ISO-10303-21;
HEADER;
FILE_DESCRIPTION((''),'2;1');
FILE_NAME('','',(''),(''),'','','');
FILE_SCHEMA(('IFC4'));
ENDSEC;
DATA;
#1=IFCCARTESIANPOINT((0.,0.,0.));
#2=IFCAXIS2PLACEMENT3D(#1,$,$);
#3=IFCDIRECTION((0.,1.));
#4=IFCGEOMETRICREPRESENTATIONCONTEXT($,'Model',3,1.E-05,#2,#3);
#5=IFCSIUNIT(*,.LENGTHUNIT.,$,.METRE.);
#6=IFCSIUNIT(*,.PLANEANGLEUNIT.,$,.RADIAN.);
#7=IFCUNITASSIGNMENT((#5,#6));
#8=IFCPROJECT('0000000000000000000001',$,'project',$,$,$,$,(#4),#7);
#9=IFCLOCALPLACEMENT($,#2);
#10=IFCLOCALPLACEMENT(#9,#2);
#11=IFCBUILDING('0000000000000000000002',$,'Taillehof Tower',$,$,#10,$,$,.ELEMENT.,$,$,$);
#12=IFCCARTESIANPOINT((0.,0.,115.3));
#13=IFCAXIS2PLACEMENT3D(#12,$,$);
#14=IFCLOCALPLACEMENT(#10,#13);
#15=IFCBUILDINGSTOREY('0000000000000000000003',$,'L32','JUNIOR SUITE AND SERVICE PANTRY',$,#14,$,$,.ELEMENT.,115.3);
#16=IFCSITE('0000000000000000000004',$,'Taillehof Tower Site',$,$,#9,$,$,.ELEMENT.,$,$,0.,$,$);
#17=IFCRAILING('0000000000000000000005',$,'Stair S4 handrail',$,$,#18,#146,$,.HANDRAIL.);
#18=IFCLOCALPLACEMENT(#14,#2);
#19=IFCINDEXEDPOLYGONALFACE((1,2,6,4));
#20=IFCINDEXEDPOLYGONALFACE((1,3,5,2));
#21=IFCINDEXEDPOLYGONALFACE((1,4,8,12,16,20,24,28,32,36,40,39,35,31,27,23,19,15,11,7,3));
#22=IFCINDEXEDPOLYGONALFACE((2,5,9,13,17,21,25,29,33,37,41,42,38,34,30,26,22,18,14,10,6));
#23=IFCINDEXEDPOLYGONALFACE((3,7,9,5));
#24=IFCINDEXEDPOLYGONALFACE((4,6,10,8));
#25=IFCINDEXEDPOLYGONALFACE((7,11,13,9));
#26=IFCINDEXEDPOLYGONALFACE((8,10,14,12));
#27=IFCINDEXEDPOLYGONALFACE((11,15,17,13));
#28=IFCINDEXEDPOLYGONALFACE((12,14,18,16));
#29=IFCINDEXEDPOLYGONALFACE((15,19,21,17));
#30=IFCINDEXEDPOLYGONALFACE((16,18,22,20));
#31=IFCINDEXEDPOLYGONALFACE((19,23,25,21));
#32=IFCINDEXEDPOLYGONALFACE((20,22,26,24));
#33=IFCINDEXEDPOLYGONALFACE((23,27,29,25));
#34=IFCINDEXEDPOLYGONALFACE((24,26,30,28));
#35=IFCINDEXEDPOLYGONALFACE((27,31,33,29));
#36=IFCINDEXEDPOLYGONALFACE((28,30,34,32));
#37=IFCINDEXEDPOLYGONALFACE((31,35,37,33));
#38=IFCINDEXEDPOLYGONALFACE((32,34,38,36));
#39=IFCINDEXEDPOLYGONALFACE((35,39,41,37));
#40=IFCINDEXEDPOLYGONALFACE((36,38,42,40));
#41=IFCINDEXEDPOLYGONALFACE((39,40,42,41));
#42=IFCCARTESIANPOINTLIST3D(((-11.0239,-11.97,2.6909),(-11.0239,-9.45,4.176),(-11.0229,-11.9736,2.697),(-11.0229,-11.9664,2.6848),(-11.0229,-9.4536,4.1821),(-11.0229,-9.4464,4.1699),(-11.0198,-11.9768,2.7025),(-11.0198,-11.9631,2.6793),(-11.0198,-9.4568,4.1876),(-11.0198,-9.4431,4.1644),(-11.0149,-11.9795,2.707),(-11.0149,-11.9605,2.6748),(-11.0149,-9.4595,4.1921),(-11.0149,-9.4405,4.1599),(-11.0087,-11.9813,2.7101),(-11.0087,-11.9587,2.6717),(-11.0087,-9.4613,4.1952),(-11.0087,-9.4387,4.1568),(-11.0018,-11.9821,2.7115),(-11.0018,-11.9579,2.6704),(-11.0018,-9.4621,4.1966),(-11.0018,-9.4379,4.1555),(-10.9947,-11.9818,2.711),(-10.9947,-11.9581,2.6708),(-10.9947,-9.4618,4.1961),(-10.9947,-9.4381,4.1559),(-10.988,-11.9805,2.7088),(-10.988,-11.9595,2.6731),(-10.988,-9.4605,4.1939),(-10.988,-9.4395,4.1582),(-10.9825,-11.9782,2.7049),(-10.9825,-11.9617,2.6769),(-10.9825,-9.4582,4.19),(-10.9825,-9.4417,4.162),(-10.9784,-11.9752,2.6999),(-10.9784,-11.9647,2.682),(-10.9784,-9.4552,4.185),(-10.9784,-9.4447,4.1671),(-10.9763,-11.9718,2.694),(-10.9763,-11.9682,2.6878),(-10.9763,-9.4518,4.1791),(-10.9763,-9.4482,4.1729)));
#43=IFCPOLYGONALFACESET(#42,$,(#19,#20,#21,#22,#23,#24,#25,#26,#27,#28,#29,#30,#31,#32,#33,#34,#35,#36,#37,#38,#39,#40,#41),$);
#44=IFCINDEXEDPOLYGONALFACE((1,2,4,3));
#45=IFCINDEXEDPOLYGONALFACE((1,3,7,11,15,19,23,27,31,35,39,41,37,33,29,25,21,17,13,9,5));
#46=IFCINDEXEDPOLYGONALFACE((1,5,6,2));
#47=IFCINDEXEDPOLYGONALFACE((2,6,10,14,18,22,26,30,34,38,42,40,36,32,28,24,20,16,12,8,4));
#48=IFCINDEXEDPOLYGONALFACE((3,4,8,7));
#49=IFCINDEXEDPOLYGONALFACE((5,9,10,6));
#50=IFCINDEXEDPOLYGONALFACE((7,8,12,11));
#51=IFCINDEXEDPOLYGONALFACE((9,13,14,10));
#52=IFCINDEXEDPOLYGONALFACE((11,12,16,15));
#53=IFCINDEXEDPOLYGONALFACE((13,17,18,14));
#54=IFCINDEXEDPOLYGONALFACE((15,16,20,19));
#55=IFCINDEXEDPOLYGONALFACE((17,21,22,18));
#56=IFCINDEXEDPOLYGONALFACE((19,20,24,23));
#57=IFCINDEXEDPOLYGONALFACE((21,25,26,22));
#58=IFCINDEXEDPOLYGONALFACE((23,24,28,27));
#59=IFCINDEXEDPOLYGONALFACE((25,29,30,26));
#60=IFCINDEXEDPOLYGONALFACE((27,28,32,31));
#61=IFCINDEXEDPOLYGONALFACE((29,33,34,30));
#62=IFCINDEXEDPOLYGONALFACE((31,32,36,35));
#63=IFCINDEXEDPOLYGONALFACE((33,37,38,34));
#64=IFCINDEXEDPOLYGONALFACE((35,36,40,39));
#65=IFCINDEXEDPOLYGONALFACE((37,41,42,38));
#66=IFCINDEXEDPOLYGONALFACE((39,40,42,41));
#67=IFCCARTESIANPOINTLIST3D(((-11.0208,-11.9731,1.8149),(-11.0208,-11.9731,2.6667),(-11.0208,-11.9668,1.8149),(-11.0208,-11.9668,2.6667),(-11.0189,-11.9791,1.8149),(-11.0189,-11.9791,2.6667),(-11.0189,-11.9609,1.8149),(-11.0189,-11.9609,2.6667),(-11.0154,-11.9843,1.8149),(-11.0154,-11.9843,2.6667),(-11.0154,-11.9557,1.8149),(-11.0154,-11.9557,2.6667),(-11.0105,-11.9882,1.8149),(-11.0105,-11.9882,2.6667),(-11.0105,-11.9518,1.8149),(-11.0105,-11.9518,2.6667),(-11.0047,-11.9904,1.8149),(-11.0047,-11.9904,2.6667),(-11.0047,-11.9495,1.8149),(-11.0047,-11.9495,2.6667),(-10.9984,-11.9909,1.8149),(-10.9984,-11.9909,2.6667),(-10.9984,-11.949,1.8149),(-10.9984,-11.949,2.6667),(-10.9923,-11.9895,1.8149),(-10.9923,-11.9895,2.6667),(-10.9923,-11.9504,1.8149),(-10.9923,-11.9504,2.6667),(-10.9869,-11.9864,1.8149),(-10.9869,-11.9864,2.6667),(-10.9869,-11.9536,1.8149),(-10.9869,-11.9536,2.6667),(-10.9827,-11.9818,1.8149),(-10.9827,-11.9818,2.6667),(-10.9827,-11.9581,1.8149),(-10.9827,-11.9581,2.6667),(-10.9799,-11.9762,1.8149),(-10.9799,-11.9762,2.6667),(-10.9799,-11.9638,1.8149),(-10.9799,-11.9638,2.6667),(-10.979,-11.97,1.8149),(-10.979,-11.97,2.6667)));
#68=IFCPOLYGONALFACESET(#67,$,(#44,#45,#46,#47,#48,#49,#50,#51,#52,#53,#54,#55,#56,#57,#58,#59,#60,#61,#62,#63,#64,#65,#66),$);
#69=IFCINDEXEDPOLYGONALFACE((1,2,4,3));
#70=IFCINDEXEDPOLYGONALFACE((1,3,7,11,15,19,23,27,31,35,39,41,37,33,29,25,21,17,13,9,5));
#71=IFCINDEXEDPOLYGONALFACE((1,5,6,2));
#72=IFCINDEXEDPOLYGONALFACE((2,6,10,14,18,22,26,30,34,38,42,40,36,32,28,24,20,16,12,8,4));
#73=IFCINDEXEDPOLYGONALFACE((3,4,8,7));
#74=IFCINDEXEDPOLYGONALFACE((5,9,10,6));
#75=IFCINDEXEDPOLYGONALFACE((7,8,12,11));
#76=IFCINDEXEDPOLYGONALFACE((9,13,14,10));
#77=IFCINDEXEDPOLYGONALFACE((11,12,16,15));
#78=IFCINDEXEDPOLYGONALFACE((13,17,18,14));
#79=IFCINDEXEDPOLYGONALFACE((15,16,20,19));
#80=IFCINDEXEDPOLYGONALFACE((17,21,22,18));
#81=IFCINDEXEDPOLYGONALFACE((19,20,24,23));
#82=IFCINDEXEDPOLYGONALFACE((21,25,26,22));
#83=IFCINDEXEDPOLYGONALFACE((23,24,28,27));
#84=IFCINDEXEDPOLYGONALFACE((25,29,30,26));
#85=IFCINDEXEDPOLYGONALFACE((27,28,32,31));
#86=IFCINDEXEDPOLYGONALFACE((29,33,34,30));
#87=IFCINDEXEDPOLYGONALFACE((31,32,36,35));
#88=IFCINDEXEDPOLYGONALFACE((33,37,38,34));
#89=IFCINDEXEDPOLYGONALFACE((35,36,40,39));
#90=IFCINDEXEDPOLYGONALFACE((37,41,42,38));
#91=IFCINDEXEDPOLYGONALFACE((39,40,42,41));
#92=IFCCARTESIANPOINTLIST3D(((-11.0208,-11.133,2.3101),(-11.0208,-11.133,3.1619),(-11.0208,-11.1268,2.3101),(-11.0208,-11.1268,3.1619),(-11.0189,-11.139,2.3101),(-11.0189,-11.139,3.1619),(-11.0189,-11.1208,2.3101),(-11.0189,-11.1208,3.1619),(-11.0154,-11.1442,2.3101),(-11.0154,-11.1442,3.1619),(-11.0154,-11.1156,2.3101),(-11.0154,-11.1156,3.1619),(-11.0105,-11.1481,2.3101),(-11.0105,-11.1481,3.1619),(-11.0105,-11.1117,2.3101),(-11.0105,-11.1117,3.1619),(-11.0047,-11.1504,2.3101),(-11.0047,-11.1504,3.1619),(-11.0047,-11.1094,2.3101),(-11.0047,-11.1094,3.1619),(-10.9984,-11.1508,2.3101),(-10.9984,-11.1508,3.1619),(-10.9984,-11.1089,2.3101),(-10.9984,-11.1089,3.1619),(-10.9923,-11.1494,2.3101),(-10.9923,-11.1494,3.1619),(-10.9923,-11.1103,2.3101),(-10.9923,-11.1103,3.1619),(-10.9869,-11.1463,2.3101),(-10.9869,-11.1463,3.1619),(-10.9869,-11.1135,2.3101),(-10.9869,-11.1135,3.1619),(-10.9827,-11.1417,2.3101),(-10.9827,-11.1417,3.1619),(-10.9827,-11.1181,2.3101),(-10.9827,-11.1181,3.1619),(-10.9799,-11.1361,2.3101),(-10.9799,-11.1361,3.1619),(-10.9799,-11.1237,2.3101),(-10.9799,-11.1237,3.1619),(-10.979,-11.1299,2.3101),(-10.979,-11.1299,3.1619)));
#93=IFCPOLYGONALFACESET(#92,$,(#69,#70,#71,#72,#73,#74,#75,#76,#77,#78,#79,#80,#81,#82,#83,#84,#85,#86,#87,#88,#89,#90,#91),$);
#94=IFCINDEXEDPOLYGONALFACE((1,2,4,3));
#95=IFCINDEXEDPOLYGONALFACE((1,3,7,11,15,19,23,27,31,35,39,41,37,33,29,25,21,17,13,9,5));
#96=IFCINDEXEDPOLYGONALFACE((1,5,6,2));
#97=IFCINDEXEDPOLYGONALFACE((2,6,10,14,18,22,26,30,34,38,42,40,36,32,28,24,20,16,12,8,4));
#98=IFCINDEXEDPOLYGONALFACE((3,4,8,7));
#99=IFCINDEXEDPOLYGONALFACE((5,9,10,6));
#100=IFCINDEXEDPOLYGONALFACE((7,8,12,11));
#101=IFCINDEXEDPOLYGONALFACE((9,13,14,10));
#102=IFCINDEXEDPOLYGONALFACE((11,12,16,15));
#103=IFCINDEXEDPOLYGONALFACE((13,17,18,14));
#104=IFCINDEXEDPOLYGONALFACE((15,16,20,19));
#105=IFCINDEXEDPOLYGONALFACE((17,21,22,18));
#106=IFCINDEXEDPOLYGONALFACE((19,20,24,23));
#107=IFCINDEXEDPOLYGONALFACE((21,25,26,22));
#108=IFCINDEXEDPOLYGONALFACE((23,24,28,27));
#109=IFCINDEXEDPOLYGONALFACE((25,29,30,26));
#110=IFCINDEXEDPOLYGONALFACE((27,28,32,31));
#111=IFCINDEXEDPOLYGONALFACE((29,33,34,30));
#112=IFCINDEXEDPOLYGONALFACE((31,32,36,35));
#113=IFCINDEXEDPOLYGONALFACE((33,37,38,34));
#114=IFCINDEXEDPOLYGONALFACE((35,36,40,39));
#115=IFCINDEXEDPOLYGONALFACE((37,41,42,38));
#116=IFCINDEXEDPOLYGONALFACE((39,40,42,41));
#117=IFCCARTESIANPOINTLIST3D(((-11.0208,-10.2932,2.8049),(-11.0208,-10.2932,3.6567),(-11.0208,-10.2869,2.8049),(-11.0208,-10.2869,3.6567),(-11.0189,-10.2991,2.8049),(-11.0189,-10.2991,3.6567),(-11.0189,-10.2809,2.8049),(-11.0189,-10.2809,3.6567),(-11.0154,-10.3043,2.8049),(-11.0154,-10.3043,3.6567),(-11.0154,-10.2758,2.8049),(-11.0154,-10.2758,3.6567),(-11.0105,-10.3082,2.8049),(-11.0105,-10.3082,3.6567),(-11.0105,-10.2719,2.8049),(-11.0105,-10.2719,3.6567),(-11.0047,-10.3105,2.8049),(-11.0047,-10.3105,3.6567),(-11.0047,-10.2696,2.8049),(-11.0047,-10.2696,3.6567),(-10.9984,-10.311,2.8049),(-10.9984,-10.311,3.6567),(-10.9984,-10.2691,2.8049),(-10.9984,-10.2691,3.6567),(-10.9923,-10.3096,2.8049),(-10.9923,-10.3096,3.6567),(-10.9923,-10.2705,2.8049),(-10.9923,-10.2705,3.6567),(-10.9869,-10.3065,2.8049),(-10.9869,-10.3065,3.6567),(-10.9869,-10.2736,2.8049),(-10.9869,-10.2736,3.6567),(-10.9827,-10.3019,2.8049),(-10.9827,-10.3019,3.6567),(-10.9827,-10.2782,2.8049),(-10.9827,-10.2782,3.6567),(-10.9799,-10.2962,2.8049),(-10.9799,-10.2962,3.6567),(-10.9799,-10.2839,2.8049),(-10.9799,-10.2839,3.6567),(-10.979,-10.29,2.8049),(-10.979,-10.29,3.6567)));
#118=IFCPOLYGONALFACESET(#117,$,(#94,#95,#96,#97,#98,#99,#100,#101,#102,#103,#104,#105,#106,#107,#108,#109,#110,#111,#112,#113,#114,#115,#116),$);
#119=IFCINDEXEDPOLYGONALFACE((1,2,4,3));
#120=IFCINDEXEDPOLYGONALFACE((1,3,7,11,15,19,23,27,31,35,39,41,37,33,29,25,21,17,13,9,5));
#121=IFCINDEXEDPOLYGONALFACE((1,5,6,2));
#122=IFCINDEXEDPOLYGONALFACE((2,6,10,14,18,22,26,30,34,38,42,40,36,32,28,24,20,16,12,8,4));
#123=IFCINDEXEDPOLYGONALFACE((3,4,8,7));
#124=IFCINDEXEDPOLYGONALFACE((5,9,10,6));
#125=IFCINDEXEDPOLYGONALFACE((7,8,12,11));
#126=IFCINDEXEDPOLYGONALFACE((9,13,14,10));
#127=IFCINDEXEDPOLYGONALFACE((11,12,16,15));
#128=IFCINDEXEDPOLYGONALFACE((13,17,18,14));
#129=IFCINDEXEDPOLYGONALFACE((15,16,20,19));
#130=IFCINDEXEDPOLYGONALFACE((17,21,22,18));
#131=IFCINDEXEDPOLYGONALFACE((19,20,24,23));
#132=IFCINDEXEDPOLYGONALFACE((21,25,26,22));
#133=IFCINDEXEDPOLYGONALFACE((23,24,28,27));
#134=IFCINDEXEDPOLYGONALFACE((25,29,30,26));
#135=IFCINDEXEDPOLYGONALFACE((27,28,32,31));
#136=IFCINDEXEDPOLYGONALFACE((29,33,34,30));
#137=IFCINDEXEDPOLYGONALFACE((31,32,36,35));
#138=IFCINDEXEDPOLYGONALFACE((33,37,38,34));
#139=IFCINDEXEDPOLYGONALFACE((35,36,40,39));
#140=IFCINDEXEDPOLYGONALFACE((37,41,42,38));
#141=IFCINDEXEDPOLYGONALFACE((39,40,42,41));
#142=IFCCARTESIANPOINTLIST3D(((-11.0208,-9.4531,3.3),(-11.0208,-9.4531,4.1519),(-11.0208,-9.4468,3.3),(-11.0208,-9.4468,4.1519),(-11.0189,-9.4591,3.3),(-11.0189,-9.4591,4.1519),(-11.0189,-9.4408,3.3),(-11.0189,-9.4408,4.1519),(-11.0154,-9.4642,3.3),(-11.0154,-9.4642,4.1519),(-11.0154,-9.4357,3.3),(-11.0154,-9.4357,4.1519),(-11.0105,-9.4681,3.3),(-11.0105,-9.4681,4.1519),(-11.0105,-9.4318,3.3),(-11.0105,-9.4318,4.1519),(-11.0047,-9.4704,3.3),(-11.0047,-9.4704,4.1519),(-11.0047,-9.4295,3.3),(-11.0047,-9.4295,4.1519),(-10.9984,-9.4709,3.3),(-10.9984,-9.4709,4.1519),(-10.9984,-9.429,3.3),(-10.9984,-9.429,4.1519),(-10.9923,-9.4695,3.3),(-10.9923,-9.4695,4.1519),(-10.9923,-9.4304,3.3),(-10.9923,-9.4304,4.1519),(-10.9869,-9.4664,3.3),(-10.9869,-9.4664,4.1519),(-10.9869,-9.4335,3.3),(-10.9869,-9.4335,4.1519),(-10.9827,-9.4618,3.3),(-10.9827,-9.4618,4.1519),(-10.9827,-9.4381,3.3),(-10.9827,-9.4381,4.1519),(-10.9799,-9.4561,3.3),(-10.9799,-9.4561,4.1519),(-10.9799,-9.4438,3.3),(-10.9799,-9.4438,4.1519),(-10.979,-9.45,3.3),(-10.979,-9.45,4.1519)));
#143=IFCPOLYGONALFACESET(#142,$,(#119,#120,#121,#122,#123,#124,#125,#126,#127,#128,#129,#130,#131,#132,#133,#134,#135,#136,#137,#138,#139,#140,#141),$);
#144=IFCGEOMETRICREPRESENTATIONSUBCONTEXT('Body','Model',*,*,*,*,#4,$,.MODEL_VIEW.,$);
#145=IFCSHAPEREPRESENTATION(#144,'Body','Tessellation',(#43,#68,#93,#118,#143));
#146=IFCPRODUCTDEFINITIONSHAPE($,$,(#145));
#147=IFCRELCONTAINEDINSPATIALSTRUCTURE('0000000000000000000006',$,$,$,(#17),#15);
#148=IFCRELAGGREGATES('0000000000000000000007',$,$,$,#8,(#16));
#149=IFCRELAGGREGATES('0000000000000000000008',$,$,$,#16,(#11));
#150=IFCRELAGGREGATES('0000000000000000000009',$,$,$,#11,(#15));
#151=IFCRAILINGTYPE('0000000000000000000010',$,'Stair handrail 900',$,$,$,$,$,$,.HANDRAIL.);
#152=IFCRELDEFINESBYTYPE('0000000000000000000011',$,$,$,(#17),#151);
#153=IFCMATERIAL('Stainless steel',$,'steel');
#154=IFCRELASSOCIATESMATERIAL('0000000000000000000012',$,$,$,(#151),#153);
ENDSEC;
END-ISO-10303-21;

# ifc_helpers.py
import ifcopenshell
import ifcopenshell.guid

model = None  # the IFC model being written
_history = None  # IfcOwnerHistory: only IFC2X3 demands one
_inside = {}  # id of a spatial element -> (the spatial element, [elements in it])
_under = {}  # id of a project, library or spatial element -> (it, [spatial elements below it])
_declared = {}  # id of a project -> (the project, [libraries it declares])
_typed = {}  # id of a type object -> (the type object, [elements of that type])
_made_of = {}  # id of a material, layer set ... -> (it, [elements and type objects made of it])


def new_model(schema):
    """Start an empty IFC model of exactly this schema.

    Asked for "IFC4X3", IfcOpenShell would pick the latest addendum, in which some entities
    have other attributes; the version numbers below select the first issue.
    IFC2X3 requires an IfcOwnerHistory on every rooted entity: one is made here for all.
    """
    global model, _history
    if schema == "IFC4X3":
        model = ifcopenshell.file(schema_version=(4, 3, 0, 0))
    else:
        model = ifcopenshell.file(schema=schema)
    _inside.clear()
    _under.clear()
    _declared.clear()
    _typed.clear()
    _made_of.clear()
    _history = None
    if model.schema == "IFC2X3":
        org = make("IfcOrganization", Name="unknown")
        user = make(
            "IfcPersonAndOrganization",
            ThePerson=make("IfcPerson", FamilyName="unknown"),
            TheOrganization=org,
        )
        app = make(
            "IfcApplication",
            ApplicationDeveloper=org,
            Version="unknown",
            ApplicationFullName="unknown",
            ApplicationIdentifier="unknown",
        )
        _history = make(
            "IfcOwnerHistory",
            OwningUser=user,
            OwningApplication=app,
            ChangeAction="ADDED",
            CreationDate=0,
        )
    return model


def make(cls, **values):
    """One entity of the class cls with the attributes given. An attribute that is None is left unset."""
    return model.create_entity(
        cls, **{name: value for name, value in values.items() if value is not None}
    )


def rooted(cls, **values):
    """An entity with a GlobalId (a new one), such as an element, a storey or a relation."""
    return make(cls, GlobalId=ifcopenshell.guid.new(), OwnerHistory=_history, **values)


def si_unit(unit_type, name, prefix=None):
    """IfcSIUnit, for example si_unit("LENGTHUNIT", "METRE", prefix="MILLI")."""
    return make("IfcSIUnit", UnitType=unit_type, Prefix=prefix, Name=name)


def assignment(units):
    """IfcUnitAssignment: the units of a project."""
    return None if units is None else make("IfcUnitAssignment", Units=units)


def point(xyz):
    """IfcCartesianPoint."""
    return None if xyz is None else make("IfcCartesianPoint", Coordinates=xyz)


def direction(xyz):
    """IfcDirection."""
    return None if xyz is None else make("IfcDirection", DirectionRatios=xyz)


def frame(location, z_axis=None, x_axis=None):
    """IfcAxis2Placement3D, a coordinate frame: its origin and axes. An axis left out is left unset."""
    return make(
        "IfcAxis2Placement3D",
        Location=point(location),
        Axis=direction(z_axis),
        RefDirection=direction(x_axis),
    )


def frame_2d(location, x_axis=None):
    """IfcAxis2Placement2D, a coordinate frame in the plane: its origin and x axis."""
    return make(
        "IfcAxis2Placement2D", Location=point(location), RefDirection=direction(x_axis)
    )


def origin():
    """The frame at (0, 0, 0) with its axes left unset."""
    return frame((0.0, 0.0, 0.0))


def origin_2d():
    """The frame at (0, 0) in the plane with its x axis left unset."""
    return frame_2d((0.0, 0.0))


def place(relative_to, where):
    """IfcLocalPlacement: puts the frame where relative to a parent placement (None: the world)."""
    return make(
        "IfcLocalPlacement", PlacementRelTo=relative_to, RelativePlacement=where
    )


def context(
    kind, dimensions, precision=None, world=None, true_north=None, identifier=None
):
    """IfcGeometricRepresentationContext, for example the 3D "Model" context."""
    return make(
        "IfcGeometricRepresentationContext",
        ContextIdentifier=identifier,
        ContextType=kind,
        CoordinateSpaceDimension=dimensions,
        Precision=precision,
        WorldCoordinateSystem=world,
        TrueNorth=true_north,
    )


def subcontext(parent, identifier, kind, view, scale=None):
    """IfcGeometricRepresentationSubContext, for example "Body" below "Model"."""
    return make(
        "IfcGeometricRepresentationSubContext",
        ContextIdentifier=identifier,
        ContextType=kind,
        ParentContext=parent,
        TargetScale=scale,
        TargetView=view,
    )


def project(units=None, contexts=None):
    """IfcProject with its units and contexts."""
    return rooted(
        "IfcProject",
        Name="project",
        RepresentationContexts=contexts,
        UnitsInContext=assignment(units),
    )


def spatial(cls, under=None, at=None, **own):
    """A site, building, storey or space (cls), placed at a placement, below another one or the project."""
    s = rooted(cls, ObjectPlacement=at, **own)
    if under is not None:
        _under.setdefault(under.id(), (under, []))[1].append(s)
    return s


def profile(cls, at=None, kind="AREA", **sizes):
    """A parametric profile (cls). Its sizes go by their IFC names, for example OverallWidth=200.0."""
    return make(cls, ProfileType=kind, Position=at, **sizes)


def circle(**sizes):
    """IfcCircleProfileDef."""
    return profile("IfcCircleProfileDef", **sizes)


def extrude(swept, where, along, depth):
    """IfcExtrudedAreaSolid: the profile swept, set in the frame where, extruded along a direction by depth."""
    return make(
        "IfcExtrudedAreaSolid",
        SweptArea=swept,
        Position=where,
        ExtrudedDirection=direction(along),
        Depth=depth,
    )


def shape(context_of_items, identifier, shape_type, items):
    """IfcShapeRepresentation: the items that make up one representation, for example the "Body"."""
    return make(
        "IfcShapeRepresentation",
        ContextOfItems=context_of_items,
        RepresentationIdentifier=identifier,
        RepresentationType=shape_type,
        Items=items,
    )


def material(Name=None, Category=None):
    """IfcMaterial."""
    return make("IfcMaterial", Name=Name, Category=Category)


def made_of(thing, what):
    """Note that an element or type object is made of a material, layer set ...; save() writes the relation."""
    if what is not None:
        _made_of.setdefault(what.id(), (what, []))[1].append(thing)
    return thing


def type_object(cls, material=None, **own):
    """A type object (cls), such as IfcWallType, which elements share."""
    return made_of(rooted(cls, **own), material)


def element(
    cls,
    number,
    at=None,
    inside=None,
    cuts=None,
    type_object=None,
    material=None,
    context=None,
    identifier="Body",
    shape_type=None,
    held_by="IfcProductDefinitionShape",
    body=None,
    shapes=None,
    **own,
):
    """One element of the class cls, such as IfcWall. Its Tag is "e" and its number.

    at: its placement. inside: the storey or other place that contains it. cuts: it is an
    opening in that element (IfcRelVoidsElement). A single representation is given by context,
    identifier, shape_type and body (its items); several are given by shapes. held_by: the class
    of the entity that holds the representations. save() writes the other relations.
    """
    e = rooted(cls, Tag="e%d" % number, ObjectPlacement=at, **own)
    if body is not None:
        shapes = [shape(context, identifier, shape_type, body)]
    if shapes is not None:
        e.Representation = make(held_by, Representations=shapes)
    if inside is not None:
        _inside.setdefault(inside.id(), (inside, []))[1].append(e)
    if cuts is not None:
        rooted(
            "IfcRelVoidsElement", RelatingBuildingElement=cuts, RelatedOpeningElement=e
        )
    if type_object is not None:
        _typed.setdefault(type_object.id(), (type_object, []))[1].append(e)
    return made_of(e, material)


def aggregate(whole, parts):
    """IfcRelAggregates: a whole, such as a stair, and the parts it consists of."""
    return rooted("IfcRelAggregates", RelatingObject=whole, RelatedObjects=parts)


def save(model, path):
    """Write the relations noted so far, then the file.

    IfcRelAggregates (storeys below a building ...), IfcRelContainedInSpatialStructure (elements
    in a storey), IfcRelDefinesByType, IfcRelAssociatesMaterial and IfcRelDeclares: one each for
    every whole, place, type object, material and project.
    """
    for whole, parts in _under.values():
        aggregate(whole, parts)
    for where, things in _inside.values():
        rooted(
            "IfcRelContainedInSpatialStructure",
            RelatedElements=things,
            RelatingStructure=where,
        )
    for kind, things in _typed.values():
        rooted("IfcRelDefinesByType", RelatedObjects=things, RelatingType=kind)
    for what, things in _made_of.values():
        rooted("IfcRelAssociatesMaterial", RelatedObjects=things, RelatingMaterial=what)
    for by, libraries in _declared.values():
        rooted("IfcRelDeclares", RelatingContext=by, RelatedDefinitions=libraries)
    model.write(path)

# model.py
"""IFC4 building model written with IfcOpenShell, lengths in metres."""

from ifc_helpers import new_model, si_unit, direction, frame, origin, origin_2d, place, context, subcontext, project, spatial, circle, extrude, material, type_object, element, save


model = new_model("IFC4")

# Units and contexts
model_context = context("Model", 3, precision=1e-05, world=origin(), true_north=direction((0.0, 1.0)))
body_context = subcontext(model_context, "Body", "Model", "MODEL_VIEW")
ifc_project = project(units=[si_unit("LENGTHUNIT", "METRE"), si_unit("PLANEANGLEUNIT", "RADIAN")], contexts=[model_context])

# Site, building, storey
site_placement = place(None, origin())
site = spatial("IfcSite", under=ifc_project, at=site_placement, Name="Taillehof Tower Site", CompositionType="ELEMENT", RefElevation=0.0)
building_placement = place(site_placement, origin())
building = spatial("IfcBuilding", under=site, at=building_placement, Name="Taillehof Tower", CompositionType="ELEMENT")
storey_placement = place(building_placement, frame((0.0, 0.0, 115.3)))
storey = spatial("IfcBuildingStorey", under=building, at=storey_placement, Name="L32", Description="JUNIOR SUITE AND SERVICE PANTRY", CompositionType="ELEMENT", Elevation=115.3)

# Railing
ifc_material_1 = material(Name="Stainless steel", Category="steel")
railing_type = type_object("IfcRailingType", Name="Stair handrail 900", PredefinedType="HANDRAIL", material=ifc_material_1)
railing_placement = place(storey_placement, frame((-11.0, -11.97, 1.8149)))
element("IfcRailing", 1, at=railing_placement, inside=storey, type_object=railing_type, Name="Stair S4 handrail", PredefinedType="HANDRAIL", context=body_context, shape_type="SweptSolid", body=[
    extrude(circle(Radius=0.0239, at=origin_2d()), frame((0.0, 0.0, 0.876), z_axis=(0.0, 0.861524, 0.507717), x_axis=(-1.0, 0.0, 0.0)), (0.0, 0.0, 1.0), 2.925),
    extrude(circle(Radius=0.021, at=origin_2d()), origin(), (0.0, 0.0, 1.0), 0.8518),
    extrude(circle(Radius=0.021, at=origin_2d()), frame((0.0, 0.8401, 0.4951)), (0.0, 0.0, 1.0), 0.8518),
    extrude(circle(Radius=0.021, at=origin_2d()), frame((0.0, 1.6799, 0.99)), (0.0, 0.0, 1.0), 0.8518),
    extrude(circle(Radius=0.021, at=origin_2d()), frame((0.0, 2.52, 1.4851)), (0.0, 0.0, 1.0), 0.8518),
])

save(model, "model.ifc")
